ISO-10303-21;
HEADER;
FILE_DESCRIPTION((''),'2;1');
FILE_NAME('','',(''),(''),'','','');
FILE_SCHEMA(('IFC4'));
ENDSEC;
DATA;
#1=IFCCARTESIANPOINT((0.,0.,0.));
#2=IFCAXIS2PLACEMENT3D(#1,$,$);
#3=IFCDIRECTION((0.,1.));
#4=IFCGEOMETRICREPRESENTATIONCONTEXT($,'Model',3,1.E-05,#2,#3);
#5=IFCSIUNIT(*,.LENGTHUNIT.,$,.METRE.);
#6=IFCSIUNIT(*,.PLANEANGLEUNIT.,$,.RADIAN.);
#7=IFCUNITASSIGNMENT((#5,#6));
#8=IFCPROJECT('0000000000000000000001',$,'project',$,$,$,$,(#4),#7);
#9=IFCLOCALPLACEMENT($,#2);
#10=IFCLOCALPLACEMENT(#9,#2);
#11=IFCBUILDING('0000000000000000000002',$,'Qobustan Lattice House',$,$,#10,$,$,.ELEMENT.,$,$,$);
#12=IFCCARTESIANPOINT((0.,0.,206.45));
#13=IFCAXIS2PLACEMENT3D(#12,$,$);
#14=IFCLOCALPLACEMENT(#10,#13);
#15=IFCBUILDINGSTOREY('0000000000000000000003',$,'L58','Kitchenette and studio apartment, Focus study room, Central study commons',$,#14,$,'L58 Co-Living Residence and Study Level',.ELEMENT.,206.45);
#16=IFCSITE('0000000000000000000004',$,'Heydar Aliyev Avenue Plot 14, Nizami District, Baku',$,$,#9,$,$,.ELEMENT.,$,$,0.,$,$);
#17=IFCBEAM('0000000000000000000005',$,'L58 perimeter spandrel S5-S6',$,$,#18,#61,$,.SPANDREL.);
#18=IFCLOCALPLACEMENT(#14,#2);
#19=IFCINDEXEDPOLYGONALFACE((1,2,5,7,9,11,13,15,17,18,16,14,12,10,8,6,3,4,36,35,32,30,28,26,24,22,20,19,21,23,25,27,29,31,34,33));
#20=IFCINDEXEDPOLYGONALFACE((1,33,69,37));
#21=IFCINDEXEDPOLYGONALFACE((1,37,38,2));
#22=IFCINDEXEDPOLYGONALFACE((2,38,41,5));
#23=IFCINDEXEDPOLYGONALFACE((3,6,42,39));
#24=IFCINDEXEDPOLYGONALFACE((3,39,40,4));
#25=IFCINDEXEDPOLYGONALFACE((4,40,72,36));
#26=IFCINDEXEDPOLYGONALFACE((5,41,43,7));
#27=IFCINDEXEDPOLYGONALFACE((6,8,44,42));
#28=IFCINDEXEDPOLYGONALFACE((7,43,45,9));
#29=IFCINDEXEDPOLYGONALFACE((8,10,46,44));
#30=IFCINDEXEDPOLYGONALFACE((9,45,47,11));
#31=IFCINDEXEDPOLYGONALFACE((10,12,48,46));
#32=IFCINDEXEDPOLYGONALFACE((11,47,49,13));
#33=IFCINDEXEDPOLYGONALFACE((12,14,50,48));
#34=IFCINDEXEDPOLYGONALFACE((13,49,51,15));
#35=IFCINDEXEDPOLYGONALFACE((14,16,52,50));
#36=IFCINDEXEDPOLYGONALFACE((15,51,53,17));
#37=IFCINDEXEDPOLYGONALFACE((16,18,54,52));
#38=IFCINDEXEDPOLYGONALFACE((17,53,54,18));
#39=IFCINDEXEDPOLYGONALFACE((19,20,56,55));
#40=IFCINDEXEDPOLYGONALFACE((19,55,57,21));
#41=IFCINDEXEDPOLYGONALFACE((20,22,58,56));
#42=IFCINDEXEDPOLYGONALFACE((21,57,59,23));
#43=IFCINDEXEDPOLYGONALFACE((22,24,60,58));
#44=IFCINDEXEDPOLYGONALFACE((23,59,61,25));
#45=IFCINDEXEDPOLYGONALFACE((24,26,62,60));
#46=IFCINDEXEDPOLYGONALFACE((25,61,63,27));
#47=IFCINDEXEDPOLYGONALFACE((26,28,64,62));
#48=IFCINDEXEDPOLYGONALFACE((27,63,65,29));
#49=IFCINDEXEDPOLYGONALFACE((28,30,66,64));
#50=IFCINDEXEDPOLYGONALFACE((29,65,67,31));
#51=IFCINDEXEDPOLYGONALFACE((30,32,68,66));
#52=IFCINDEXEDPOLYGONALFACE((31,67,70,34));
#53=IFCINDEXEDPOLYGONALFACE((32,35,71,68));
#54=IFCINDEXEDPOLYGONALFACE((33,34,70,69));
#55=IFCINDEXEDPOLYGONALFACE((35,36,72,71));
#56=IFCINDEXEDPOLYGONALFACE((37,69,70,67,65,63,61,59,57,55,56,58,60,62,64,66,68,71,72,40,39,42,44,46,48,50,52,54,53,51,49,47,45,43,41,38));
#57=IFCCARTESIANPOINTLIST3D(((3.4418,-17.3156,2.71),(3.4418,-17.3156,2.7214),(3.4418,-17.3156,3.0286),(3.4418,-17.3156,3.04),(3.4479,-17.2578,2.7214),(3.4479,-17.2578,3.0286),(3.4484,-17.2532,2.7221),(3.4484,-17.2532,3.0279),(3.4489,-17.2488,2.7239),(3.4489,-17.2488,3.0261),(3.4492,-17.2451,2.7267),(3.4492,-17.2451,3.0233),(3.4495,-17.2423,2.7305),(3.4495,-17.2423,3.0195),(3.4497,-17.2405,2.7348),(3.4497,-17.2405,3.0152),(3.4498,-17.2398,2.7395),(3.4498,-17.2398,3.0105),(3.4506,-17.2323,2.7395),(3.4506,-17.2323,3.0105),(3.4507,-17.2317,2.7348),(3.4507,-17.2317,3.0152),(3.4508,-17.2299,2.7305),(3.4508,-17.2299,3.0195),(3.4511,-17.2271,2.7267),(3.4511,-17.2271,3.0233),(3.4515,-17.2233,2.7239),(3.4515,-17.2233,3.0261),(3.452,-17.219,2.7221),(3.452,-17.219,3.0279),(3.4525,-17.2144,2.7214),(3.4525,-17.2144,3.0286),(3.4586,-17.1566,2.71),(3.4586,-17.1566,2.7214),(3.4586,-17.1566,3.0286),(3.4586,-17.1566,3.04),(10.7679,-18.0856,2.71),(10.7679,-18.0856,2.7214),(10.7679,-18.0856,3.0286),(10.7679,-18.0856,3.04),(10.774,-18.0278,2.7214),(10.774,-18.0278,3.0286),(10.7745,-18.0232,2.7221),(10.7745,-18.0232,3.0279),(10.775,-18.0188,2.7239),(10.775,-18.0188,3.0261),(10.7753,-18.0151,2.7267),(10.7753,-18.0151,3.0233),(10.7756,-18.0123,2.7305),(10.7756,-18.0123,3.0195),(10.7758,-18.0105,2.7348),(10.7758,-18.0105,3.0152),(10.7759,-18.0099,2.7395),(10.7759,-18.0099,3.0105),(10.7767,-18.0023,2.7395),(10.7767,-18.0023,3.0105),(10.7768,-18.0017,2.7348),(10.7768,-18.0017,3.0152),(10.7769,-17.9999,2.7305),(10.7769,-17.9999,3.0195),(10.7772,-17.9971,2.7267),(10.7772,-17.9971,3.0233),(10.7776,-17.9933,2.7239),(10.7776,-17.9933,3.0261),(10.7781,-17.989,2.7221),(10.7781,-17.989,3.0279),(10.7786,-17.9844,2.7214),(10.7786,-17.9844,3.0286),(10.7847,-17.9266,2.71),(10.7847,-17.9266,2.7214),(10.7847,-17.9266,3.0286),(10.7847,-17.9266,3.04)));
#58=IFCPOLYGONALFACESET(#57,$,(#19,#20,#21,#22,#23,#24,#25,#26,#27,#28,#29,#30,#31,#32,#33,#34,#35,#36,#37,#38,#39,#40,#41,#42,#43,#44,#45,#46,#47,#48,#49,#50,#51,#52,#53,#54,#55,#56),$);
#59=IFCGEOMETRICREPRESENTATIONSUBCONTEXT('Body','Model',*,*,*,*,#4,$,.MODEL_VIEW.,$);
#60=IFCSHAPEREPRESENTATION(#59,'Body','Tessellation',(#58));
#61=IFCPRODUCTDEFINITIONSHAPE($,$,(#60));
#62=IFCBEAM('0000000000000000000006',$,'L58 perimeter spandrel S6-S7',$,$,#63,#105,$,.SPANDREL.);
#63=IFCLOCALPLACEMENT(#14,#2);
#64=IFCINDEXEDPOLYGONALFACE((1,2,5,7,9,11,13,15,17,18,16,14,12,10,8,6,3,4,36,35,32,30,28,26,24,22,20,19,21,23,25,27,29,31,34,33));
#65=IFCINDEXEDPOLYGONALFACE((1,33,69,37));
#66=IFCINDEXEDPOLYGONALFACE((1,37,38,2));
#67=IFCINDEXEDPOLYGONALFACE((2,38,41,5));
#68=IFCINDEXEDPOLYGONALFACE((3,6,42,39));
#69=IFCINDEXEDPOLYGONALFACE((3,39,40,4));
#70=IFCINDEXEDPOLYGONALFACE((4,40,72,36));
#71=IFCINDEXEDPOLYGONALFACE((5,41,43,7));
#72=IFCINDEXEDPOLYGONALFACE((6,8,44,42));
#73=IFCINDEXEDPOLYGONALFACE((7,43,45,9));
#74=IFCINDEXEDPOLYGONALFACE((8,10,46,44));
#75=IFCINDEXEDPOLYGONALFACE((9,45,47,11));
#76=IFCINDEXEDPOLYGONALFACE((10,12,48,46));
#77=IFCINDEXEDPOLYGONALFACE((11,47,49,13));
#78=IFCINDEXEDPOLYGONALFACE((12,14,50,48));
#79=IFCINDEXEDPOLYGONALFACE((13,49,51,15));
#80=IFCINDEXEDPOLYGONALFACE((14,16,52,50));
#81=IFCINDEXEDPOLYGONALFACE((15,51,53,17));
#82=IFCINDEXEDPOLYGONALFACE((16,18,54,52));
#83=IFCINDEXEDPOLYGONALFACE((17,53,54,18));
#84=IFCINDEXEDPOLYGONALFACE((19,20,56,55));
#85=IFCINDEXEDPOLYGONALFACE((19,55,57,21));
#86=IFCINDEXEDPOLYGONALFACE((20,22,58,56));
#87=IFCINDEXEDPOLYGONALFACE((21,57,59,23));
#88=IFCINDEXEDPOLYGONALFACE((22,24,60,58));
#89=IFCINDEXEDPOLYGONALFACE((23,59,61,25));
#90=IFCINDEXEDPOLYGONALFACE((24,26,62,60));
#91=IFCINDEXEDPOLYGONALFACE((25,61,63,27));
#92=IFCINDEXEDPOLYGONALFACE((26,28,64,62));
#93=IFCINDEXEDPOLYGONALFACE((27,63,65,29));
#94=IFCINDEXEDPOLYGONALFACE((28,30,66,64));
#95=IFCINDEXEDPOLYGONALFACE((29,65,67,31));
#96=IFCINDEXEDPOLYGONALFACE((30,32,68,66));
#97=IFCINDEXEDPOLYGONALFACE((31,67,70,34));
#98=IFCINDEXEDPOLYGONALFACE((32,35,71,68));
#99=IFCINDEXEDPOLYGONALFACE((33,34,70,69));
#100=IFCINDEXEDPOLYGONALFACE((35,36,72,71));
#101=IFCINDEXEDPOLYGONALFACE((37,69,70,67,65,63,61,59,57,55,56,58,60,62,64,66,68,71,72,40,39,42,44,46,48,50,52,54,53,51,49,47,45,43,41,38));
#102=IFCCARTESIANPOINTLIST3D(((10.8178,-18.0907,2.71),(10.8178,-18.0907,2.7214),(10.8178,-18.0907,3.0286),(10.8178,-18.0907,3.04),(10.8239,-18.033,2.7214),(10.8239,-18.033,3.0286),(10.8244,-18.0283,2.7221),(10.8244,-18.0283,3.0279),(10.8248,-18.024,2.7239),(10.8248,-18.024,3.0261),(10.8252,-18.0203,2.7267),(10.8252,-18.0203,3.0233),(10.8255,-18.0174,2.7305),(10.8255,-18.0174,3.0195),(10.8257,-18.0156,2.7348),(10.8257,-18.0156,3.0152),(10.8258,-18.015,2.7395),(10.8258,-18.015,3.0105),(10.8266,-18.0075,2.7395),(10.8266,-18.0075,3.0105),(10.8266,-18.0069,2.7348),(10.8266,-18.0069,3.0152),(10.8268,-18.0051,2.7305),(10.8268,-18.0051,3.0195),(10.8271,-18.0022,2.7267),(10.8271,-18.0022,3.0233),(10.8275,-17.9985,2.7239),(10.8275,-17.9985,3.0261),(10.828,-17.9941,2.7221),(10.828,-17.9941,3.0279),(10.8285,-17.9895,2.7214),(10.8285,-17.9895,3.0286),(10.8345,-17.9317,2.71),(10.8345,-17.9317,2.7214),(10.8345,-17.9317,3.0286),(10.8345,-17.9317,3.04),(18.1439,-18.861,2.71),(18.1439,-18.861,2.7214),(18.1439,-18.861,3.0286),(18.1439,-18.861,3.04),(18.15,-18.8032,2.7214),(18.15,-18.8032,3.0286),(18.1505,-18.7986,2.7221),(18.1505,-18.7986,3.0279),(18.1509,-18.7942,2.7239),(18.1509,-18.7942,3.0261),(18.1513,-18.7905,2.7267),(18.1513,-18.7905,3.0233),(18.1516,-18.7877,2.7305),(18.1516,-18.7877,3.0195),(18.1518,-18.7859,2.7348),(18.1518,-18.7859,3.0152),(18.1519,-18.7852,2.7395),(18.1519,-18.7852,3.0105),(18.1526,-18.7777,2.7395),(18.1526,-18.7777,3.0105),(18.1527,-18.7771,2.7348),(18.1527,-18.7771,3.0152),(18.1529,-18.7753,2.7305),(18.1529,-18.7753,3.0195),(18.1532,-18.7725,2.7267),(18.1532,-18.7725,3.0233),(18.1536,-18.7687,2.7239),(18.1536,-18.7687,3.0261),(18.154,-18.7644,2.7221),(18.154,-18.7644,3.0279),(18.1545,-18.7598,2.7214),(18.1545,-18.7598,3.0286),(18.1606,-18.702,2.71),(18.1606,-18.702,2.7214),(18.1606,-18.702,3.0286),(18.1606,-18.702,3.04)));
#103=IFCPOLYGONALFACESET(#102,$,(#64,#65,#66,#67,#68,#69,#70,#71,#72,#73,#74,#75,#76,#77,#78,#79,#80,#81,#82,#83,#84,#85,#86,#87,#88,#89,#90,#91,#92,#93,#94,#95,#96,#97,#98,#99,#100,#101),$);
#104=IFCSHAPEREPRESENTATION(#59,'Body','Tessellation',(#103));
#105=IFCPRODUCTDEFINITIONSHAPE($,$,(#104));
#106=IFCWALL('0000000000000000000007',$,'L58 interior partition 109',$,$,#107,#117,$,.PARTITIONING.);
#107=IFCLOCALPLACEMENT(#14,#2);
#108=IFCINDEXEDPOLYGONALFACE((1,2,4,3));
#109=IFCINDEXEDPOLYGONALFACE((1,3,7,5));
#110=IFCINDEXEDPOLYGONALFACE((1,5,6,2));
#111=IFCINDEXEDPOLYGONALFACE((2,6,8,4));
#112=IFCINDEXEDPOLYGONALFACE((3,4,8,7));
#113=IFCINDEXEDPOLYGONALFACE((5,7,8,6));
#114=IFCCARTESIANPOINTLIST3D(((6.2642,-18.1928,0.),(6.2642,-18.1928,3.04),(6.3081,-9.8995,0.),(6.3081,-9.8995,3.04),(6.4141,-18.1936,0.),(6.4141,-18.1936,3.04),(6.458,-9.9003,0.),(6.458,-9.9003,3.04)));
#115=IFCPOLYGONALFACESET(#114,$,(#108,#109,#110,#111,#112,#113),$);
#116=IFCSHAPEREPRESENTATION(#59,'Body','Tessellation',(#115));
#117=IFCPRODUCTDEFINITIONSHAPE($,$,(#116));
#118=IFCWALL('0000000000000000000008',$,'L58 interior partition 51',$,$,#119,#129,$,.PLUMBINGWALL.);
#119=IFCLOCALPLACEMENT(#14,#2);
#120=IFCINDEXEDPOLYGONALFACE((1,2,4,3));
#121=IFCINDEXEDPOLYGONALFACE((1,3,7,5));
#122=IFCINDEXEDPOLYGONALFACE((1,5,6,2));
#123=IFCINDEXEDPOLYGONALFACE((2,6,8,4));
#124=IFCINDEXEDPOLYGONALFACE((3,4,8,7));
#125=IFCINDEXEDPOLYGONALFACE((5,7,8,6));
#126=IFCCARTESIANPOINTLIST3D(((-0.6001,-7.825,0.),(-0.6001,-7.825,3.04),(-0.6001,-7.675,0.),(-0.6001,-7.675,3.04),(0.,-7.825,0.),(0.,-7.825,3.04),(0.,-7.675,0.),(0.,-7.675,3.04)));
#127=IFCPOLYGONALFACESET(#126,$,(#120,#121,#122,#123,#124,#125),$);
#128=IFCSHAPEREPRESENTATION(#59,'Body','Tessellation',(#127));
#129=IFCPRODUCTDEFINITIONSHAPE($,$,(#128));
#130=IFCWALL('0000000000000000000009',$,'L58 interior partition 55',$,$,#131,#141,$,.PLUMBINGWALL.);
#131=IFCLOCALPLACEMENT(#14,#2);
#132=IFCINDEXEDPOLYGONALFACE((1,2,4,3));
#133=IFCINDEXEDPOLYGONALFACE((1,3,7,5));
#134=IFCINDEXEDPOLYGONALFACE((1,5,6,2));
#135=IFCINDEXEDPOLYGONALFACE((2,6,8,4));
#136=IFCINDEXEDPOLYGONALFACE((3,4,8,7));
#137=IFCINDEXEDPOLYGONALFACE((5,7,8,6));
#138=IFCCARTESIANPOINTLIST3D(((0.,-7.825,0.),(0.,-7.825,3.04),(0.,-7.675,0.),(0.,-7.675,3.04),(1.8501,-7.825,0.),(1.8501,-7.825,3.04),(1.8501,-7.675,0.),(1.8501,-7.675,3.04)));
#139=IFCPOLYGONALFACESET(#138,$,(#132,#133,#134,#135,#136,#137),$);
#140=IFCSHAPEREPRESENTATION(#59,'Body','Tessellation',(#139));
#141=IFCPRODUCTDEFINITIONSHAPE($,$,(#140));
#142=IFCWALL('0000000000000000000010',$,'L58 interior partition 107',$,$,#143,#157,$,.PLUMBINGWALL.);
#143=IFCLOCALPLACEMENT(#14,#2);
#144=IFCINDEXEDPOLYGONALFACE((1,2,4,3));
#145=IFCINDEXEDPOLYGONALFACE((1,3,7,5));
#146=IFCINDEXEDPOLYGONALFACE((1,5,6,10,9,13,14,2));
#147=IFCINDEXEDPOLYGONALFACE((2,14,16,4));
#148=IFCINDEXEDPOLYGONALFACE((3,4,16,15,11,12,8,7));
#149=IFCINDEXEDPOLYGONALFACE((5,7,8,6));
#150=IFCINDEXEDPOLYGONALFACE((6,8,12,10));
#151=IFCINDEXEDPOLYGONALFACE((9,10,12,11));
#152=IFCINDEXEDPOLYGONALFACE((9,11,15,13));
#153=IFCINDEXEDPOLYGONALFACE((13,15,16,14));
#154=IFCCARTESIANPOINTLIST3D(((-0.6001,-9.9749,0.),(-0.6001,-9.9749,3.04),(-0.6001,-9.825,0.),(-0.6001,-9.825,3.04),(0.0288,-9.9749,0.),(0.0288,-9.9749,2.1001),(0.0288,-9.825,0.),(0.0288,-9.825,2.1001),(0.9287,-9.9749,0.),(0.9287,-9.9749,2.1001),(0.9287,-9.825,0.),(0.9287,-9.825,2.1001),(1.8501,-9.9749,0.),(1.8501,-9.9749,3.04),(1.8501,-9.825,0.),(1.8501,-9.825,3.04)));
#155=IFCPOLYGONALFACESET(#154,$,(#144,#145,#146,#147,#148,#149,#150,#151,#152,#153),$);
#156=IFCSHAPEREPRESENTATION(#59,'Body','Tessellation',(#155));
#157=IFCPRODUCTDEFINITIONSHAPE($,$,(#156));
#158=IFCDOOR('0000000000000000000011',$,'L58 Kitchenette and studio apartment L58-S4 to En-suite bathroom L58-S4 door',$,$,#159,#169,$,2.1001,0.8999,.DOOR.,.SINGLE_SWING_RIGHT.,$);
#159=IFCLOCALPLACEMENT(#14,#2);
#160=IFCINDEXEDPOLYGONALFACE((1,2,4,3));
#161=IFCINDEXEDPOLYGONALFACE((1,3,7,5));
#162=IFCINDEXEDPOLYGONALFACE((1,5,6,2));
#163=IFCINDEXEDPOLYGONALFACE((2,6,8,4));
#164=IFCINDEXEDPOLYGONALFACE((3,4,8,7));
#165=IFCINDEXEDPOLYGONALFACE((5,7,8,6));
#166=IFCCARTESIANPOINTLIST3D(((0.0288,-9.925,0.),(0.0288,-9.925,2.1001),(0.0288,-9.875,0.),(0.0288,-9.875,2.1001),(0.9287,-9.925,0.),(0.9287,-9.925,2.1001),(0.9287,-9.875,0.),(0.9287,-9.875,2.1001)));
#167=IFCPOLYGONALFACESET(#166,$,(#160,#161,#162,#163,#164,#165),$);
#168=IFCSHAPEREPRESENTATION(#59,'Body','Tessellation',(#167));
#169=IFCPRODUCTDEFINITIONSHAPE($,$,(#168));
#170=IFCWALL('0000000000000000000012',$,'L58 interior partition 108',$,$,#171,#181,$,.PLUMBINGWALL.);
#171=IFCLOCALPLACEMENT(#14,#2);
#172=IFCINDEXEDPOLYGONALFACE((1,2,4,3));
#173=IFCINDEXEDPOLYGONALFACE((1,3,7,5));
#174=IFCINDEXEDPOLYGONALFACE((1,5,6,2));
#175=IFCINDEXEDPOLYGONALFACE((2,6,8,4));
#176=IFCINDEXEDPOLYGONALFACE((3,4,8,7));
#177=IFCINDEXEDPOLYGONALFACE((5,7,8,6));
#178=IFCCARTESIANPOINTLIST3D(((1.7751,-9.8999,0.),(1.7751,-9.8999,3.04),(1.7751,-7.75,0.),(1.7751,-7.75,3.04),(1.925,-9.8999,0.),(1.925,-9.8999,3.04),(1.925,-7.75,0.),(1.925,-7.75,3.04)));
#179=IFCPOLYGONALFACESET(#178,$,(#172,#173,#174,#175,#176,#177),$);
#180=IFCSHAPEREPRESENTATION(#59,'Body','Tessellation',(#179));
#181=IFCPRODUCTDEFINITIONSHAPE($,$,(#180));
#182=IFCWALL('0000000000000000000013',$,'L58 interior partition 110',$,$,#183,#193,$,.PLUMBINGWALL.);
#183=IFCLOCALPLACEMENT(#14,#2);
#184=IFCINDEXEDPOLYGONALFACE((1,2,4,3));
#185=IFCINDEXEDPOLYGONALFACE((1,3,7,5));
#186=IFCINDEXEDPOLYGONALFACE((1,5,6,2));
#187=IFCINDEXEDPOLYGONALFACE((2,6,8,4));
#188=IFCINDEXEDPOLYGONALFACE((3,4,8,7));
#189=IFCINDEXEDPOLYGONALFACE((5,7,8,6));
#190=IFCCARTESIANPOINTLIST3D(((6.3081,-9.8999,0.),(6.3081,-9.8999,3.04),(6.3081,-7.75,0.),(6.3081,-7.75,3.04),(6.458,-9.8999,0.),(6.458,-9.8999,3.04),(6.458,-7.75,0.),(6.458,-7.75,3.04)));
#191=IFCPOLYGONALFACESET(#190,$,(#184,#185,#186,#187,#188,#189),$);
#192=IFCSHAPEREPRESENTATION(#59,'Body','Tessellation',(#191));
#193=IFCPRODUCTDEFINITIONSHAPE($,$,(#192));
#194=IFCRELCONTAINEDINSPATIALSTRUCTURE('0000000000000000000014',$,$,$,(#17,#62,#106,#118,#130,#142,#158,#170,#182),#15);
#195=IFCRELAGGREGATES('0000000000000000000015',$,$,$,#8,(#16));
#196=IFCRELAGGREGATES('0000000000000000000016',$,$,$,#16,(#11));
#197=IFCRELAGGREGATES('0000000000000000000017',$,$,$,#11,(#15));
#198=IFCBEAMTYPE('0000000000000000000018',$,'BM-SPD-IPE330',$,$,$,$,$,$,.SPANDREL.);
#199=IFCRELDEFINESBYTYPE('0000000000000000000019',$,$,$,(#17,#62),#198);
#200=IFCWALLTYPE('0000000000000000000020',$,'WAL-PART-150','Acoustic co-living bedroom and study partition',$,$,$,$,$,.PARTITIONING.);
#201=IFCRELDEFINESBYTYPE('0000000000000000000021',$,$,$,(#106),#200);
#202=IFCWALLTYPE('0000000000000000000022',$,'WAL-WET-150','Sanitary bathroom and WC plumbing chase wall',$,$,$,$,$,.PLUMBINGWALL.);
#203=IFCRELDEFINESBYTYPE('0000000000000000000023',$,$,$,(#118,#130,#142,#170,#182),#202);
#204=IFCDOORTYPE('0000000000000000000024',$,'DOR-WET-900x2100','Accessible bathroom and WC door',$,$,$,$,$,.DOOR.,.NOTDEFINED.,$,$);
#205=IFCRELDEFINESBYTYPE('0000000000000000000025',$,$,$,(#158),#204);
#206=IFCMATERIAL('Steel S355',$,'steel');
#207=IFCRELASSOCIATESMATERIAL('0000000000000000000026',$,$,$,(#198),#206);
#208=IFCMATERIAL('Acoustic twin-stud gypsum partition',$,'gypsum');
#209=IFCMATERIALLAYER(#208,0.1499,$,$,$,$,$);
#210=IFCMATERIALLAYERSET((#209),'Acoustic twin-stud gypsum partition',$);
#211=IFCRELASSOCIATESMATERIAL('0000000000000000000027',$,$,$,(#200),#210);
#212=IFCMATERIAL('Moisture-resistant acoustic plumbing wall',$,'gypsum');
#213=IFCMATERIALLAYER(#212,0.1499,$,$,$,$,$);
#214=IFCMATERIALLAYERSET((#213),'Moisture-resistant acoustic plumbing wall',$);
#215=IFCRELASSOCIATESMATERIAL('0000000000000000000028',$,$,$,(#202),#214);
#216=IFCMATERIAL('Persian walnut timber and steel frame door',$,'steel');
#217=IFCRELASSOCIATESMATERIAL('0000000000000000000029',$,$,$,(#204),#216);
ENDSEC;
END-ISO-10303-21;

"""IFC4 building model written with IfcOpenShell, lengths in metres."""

from ifc_helpers import new_model, si_unit, direction, frame, frame_2d, origin, origin_2d, place, context, subcontext, project, spatial, rectangle, i_section, extrude, material, layer, layer_set, material_profile, profile_set, type_object, element, fill, save


model = new_model("IFC4")

# Units and contexts
model_context = context("Model", 3, precision=1e-05, world=origin(), true_north=direction((0.0, 1.0)))
body_context = subcontext(model_context, "Body", "Model", "MODEL_VIEW")
ifc_project = project(units=[si_unit("LENGTHUNIT", "METRE"), si_unit("PLANEANGLEUNIT", "RADIAN")], contexts=[model_context])

# Site, building, storey
site_placement = place(None, origin())
site = spatial("IfcSite", under=ifc_project, at=site_placement, Name="Heydar Aliyev Avenue Plot 14, Nizami District, Baku", CompositionType="ELEMENT", RefElevation=0.0)
building_placement = place(site_placement, origin())
building = spatial("IfcBuilding", under=site, at=building_placement, Name="Qobustan Lattice House", CompositionType="ELEMENT")
storey_placement = place(building_placement, frame((0.0, 0.0, 206.45)))
storey = spatial("IfcBuildingStorey", under=building, at=storey_placement, Name="L58", Description="Kitchenette and studio apartment, Focus study room, Central study commons", LongName="L58 Co-Living Residence and Study Level", CompositionType="ELEMENT", Elevation=206.45)

# Beams
ifc_material_1 = material(Name="Steel S355", Category="steel")
ifc_material_profile_1 = material_profile(ifc_material_1, i_section(OverallWidth=0.1599, OverallDepth=0.3301, WebThickness=0.0076, FlangeThickness=0.0115, FilletRadius=0.0181, at=origin_2d()), Name="IPE330")
ifc_profile_set_1 = profile_set([ifc_material_profile_1], Name="Steel S355")
beam_type_1 = type_object("IfcBeamType", Name="BM-SPD-IPE330", PredefinedType="SPANDREL", material=ifc_profile_set_1)
for number, where, z_axis, x_axis, name in (
    (1, (3.4502, -17.2361, 2.875), (0.994522, -0.10453, 0.0), (0.10453, 0.994522, 0.0), "L58 perimeter spandrel S5-S6"),
    (2, (10.8262, -18.0112, 2.875), (0.994518, -0.104562, 0.0), (0.104562, 0.994518, 0.0), "L58 perimeter spandrel S6-S7"),
):
    element("IfcBeam", number, at=place(storey_placement, frame(where, z_axis=z_axis, x_axis=x_axis)), inside=storey, type_object=beam_type_1, Name=name, PredefinedType="SPANDREL", context=body_context, shape_type="SweptSolid", body=[
        extrude(i_section(OverallWidth=0.1599, OverallDepth=0.3301, WebThickness=0.0076, FlangeThickness=0.0115, FilletRadius=0.0181, at=origin_2d()), origin(), (0.0, 0.0, 1.0), 7.3665),
    ])

# Walls
ifc_material_2 = material(Name="Acoustic twin-stud gypsum partition", Category="gypsum")
ifc_layer_1 = layer(ifc_material_2, 0.1499)
ifc_layer_set_1 = layer_set([ifc_layer_1], Name="Acoustic twin-stud gypsum partition")
wall_type_1 = type_object("IfcWallType", Name="WAL-PART-150", Description="Acoustic co-living bedroom and study partition", PredefinedType="PARTITIONING", material=ifc_layer_set_1)
wall_1_placement = place(storey_placement, frame((6.3831, -9.8999, 0.0), z_axis=(0.0, 0.0, 1.0), x_axis=(-0.005299, -0.999986, 0.0)))
element("IfcWall", 3, at=wall_1_placement, inside=storey, type_object=wall_type_1, Name="L58 interior partition 109", PredefinedType="PARTITIONING", context=body_context, shape_type="SweptSolid", body=[
    extrude(rectangle(XDim=8.2935, YDim=0.1499, at=frame_2d((4.1467, 0.0))), origin(), (0.0, 0.0, 1.0), 3.04),
])
ifc_material_3 = material(Name="Moisture-resistant acoustic plumbing wall", Category="gypsum")
ifc_layer_2 = layer(ifc_material_3, 0.1499)
ifc_layer_set_2 = layer_set([ifc_layer_2], Name="Moisture-resistant acoustic plumbing wall")
wall_type_2 = type_object("IfcWallType", Name="WAL-WET-150", Description="Sanitary bathroom and WC plumbing chase wall", PredefinedType="PLUMBINGWALL", material=ifc_layer_set_2)
wall_2_placement = place(storey_placement, frame((0.0, -7.75, 0.0), z_axis=(0.0, 0.0, 1.0), x_axis=(-1.0, 0.0, 0.0)))
element("IfcWall", 4, at=wall_2_placement, inside=storey, type_object=wall_type_2, Name="L58 interior partition 51", PredefinedType="PLUMBINGWALL", context=body_context, shape_type="SweptSolid", body=[
    extrude(rectangle(XDim=0.6001, YDim=0.1499, at=frame_2d((0.3, 0.0))), origin(), (0.0, 0.0, 1.0), 3.04),
])
wall_3_placement = place(storey_placement, frame((1.8501, -7.75, 0.0), z_axis=(0.0, 0.0, 1.0), x_axis=(-1.0, 0.0, 0.0)))
element("IfcWall", 5, at=wall_3_placement, inside=storey, type_object=wall_type_2, Name="L58 interior partition 55", PredefinedType="PLUMBINGWALL", context=body_context, shape_type="SweptSolid", body=[
    extrude(rectangle(XDim=1.8501, YDim=0.1499, at=frame_2d((0.925, 0.0))), origin(), (0.0, 0.0, 1.0), 3.04),
])

# Wall, opening, door
wall_4_placement = place(storey_placement, frame((-0.6001, -9.8999, 0.0), z_axis=(0.0, 0.0, 1.0), x_axis=(1.0, 0.0, 0.0)))
wall_4 = element("IfcWall", 6, at=wall_4_placement, inside=storey, type_object=wall_type_2, Name="L58 interior partition 107", PredefinedType="PLUMBINGWALL", context=body_context, shape_type="SweptSolid", body=[
    extrude(rectangle(XDim=2.4502, YDim=0.1499, at=frame_2d((1.2251, 0.0))), origin(), (0.0, 0.0, 1.0), 3.04),
])
opening_1_placement = place(wall_4_placement, frame((0.6289, 0.0, 0.0)))
opening_1 = element("IfcOpeningElement", 7, at=opening_1_placement, cuts=wall_4, PredefinedType="OPENING", context=body_context, shape_type="SweptSolid", body=[
    extrude(rectangle(XDim=0.8999, YDim=2.1001, at=frame_2d((0.45, 1.05))), frame((0.0, 0.085, 0.0), z_axis=(0.0, -1.0, 0.0), x_axis=(1.0, 0.0, 0.0)), (0.0, 0.0, 1.0), 0.1699),
])
ifc_material_4 = material(Name="Persian walnut timber and steel frame door", Category="steel")
door_type_1 = type_object("IfcDoorType", Name="DOR-WET-900x2100", Description="Accessible bathroom and WC door", OperationType="NOTDEFINED", PredefinedType="DOOR", material=ifc_material_4)
door_1_placement = place(opening_1_placement, origin())
door_1 = element("IfcDoor", 8, at=door_1_placement, inside=storey, type_object=door_type_1, Name="L58 Kitchenette and studio apartment L58-S4 to En-suite bathroom L58-S4 door", OperationType="SINGLE_SWING_RIGHT", OverallHeight=2.1001, OverallWidth=0.8999, PredefinedType="DOOR", context=body_context, shape_type="SweptSolid", body=[
    extrude(rectangle(XDim=0.8999, YDim=2.1001, at=frame_2d((0.45, 1.05))), frame((0.0, 0.0249, 0.0), z_axis=(0.0, -1.0, 0.0), x_axis=(1.0, 0.0, 0.0)), (0.0, 0.0, 1.0), 0.05),
])
fill(opening_1, door_1)

# Walls
for number, where, z_axis, x_axis, name in (
    (9, (1.8501, -9.8999, 0.0), (0.0, 0.0, 1.0), (0.0, 1.0, 0.0), "L58 interior partition 108"),
    (10, (6.3831, -7.75, 0.0), (0.0, 0.0, 1.0), (0.0, -1.0, 0.0), "L58 interior partition 110"),
):
    element("IfcWall", number, at=place(storey_placement, frame(where, z_axis=z_axis, x_axis=x_axis)), inside=storey, type_object=wall_type_2, Name=name, PredefinedType="PLUMBINGWALL", context=body_context, shape_type="SweptSolid", body=[
        extrude(rectangle(XDim=2.1499, YDim=0.1499, at=frame_2d((1.075, 0.0))), origin(), (0.0, 0.0, 1.0), 3.04),
    ])

save(model, "model.ifc")
